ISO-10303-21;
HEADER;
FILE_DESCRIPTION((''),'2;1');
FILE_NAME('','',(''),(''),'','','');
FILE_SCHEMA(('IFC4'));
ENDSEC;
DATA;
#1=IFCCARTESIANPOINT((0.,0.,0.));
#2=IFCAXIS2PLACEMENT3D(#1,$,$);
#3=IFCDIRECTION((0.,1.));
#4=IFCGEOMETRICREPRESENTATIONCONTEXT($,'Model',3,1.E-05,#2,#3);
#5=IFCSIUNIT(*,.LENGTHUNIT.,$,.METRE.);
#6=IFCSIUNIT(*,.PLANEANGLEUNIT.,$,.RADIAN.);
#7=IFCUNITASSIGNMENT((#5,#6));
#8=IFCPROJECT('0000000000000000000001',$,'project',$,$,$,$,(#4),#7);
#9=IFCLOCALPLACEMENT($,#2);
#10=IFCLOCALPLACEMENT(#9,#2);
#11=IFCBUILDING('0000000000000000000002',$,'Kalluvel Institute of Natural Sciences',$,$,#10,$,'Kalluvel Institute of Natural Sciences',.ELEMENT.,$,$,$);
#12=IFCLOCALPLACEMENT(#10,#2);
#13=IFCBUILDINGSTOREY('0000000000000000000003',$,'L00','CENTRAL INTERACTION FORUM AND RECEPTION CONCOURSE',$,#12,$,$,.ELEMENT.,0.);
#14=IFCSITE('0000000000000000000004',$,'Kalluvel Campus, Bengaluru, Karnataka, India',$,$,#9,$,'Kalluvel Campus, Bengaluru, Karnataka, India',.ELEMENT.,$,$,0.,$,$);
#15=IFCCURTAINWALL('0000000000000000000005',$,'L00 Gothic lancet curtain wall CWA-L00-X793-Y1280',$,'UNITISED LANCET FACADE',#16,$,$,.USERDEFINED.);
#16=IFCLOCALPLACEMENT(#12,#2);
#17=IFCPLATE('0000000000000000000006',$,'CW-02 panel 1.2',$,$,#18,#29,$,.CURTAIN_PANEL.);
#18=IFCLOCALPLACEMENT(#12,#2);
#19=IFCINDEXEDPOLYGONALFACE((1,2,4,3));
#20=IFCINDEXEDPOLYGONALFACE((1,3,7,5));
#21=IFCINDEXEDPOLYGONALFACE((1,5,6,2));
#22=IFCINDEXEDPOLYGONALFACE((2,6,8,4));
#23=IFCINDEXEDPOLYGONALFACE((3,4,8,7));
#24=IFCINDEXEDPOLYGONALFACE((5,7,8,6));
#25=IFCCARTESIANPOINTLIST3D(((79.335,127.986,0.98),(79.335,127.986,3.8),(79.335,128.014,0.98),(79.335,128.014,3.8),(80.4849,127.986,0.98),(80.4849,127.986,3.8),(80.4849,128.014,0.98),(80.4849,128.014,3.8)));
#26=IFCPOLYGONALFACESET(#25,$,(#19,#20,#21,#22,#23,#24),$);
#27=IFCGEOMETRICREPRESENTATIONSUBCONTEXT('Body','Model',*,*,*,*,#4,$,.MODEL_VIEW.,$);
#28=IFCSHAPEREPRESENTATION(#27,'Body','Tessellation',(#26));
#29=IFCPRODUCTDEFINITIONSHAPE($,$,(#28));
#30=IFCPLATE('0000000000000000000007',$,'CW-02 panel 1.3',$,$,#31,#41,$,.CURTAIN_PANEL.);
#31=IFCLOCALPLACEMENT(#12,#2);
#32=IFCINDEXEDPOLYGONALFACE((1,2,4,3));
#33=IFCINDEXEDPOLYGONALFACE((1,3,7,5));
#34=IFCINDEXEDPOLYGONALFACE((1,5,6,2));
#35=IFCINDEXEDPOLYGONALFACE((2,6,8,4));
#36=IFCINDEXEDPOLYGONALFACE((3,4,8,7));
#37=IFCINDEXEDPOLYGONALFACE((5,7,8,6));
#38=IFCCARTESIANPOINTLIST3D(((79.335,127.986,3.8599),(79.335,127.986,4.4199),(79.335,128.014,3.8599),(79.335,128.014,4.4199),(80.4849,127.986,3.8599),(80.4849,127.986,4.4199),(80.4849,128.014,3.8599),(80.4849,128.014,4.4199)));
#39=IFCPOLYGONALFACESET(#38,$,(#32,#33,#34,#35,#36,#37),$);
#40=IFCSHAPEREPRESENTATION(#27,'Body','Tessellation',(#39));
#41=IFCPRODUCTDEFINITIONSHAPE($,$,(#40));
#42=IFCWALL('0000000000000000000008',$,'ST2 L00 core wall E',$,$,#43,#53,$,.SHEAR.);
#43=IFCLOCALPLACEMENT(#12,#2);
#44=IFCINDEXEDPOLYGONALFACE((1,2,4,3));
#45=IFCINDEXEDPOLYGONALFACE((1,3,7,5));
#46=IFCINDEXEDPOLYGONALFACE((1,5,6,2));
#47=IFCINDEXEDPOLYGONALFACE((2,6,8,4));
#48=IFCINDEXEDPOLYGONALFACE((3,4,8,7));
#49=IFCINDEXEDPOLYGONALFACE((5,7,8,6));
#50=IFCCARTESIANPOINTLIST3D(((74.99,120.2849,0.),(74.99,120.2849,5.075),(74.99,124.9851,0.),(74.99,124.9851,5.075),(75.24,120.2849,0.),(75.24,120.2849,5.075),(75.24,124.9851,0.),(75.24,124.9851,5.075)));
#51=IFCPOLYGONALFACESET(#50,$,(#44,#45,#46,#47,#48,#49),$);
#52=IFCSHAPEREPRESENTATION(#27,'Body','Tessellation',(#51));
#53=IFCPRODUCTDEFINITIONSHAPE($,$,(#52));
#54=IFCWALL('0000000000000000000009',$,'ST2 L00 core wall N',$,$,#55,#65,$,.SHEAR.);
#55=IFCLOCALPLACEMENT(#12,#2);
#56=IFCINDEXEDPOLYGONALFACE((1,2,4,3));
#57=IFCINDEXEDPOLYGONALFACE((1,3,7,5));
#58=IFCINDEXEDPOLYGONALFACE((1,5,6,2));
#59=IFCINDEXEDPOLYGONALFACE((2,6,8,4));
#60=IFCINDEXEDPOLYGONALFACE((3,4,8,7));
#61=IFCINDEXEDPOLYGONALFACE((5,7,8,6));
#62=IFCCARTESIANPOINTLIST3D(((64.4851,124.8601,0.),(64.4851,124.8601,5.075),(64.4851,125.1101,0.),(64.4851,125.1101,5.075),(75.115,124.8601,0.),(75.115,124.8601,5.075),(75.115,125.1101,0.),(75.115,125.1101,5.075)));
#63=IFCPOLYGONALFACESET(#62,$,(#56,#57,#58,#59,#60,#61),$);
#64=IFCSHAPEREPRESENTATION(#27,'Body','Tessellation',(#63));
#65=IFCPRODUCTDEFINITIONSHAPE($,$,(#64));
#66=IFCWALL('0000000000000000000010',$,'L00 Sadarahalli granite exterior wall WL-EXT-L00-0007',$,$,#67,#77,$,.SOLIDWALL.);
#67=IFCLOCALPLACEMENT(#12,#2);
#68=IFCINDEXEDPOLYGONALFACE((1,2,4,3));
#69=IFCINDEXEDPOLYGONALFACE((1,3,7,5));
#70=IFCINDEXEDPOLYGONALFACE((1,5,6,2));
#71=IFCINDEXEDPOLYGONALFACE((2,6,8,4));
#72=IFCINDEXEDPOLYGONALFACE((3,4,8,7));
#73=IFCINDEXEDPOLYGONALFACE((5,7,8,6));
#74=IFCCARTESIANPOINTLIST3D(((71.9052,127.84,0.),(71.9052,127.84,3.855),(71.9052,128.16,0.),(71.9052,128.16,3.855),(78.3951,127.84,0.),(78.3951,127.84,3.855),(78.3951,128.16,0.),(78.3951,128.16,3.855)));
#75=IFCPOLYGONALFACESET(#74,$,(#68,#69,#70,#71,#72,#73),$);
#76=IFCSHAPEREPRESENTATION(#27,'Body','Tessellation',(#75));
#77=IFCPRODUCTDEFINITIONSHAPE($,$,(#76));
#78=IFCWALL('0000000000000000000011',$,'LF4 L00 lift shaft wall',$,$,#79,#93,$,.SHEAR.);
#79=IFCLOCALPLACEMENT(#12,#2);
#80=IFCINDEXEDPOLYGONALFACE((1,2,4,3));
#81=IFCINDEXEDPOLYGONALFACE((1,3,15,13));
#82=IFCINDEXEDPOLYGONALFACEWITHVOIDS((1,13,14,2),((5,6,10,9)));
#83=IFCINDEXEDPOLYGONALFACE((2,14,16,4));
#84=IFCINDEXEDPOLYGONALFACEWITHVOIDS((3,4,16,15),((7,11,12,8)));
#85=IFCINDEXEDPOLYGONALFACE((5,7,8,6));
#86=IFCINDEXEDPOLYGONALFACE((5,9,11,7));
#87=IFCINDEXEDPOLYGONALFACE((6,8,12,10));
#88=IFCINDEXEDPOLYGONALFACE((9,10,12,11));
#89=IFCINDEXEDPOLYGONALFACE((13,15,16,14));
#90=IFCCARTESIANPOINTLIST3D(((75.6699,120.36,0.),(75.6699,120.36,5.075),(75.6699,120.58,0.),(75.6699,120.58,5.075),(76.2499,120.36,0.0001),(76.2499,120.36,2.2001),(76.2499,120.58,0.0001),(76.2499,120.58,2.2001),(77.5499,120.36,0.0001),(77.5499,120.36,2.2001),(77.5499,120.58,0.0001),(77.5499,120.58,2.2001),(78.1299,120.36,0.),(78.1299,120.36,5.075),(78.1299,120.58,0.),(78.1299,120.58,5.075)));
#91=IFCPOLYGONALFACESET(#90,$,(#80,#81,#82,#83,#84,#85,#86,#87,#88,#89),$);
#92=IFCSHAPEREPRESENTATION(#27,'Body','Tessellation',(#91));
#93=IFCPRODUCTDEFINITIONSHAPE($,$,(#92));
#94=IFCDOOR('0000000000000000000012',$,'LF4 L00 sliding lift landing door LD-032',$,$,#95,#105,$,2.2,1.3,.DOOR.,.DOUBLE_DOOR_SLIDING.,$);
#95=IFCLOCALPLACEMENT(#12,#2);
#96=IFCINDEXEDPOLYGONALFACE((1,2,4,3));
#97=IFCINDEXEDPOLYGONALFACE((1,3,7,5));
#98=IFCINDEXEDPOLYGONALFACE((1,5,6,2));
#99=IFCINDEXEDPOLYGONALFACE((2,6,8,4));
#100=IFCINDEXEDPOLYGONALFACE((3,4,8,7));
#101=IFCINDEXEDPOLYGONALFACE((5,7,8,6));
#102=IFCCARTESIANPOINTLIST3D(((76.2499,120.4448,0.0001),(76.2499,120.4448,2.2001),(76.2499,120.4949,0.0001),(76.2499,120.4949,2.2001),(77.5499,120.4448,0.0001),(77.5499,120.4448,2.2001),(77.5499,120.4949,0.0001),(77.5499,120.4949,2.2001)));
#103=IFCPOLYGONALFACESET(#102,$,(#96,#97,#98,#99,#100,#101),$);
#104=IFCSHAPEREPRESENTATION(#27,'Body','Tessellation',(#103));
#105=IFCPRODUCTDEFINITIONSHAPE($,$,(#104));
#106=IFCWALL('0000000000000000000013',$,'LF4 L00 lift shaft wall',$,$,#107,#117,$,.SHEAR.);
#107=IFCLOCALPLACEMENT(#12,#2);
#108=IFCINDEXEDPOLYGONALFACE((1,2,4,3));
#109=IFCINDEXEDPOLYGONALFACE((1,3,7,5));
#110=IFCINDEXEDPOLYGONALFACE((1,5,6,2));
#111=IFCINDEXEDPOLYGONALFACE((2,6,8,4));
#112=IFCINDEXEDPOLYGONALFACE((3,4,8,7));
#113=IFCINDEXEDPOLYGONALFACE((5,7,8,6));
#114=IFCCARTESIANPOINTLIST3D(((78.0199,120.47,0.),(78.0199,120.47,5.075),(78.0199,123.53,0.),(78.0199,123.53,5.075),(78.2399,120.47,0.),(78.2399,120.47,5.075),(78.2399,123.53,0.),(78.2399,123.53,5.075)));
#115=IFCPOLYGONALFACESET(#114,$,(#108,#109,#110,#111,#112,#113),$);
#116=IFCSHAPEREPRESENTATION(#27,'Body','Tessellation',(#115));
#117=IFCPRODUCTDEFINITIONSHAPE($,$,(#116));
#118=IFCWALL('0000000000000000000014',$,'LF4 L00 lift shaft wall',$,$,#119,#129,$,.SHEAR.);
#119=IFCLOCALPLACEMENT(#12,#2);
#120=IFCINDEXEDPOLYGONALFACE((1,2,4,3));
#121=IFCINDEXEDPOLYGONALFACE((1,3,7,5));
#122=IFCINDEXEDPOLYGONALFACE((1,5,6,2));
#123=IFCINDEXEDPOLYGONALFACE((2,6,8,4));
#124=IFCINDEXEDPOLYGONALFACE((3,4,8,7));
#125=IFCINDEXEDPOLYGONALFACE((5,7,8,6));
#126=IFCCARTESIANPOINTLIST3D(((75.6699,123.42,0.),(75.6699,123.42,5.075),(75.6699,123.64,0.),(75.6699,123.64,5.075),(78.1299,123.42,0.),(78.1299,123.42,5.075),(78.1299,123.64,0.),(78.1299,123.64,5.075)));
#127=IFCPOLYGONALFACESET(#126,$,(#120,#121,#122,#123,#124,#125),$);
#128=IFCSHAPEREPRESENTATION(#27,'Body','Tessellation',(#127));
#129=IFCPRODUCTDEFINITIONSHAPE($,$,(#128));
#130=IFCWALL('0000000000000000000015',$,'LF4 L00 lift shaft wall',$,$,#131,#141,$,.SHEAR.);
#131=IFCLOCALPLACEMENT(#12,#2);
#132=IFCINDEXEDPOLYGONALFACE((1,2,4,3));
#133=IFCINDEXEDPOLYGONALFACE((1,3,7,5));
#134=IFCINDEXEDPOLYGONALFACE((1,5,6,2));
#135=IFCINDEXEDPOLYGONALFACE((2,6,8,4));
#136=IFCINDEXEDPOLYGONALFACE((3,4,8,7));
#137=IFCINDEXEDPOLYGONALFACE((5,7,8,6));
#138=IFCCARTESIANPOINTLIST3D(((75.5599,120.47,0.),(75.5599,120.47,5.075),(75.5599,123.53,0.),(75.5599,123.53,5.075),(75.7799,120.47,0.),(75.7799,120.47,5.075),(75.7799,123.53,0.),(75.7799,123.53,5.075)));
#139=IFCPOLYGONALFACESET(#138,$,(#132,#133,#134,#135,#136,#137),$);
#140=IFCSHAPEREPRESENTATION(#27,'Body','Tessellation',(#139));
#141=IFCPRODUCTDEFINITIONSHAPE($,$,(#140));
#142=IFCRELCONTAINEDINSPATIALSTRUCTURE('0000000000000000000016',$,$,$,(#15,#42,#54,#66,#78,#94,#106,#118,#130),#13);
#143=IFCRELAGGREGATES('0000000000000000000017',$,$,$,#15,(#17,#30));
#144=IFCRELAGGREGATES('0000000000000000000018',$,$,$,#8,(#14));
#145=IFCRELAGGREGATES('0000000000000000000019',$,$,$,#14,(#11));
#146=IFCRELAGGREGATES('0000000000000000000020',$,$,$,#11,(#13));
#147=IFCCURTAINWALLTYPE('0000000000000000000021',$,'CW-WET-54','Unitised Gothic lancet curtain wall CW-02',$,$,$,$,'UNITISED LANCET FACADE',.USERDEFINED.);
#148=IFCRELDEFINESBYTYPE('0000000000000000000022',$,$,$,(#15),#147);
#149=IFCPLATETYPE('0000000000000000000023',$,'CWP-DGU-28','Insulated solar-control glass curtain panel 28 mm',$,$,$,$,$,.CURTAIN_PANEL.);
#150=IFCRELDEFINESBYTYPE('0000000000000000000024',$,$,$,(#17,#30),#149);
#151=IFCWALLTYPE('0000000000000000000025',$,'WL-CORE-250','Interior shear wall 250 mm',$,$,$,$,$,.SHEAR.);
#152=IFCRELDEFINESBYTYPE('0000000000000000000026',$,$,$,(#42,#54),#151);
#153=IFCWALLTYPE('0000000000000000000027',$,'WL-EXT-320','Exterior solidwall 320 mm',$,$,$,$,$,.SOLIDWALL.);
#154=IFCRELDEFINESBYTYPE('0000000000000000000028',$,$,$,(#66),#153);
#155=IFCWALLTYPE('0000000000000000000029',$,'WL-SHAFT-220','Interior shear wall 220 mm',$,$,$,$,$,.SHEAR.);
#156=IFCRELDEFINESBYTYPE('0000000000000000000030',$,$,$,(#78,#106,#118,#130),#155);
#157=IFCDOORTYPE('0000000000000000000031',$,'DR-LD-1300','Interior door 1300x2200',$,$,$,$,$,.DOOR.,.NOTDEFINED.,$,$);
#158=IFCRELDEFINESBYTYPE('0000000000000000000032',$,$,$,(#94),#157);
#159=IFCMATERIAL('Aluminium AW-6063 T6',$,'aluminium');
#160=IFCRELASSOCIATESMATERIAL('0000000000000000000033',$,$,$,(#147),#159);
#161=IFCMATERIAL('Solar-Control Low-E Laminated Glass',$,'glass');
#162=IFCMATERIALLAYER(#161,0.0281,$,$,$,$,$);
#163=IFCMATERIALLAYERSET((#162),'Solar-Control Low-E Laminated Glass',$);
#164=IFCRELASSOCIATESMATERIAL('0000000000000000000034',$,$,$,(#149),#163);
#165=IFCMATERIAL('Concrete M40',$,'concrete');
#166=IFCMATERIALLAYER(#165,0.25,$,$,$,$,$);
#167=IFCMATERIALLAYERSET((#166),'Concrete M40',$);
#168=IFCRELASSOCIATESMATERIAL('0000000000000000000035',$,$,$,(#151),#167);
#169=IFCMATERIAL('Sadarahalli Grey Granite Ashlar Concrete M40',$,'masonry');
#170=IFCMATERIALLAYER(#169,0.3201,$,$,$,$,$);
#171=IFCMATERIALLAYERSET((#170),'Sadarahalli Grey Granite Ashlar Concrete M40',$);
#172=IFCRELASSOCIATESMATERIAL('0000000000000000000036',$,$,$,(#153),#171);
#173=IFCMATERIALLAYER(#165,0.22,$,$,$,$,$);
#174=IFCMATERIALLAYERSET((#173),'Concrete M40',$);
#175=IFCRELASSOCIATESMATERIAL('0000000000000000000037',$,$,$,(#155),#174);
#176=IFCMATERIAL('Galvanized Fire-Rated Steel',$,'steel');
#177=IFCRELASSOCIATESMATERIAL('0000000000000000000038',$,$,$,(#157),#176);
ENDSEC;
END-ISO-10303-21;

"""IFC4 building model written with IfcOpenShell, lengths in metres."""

from ifc_helpers import new_model, si_unit, direction, frame, frame_2d, origin, origin_2d, place, context, subcontext, project, spatial, rectangle, extrude, material, layer, layer_set, type_object, element, fill, aggregate, save


model = new_model("IFC4")

# Units and contexts
model_context = context("Model", 3, precision=1e-05, world=origin(), true_north=direction((0.0, 1.0)))
body_context = subcontext(model_context, "Body", "Model", "MODEL_VIEW")
ifc_project = project(units=[si_unit("LENGTHUNIT", "METRE"), si_unit("PLANEANGLEUNIT", "RADIAN")], contexts=[model_context])

# Site, building, storey
site_placement = place(None, origin())
site = spatial("IfcSite", under=ifc_project, at=site_placement, Name="Kalluvel Campus, Bengaluru, Karnataka, India", LongName="Kalluvel Campus, Bengaluru, Karnataka, India", CompositionType="ELEMENT", RefElevation=0.0)
building_placement = place(site_placement, origin())
building = spatial("IfcBuilding", under=site, at=building_placement, Name="Kalluvel Institute of Natural Sciences", LongName="Kalluvel Institute of Natural Sciences", CompositionType="ELEMENT")
storey_placement = place(building_placement, origin())
storey = spatial("IfcBuildingStorey", under=building, at=storey_placement, Name="L00", Description="CENTRAL INTERACTION FORUM AND RECEPTION CONCOURSE", CompositionType="ELEMENT", Elevation=0.0)

# Curtain wall
ifc_material_1 = material(Name="Aluminium AW-6063 T6", Category="aluminium")
curtain_wall_type = type_object("IfcCurtainWallType", Name="CW-WET-54", Description="Unitised Gothic lancet curtain wall CW-02", ElementType="UNITISED LANCET FACADE", PredefinedType="USERDEFINED", material=ifc_material_1)
curtain_wall_placement = place(storey_placement, origin())
curtain_wall = element("IfcCurtainWall", 1, at=curtain_wall_placement, inside=storey, type_object=curtain_wall_type, Name="L00 Gothic lancet curtain wall CWA-L00-X793-Y1280", ObjectType="UNITISED LANCET FACADE", PredefinedType="USERDEFINED")

# Shared definitions
ifc_material_2 = material(Name="Concrete M40", Category="concrete")

# Plates
ifc_material_3 = material(Name="Solar-Control Low-E Laminated Glass", Category="glass")
ifc_layer_1 = layer(ifc_material_3, 0.0281)
ifc_layer_set_1 = layer_set([ifc_layer_1], Name="Solar-Control Low-E Laminated Glass")
plate_type = type_object("IfcPlateType", Name="CWP-DGU-28", Description="Insulated solar-control glass curtain panel 28 mm", PredefinedType="CURTAIN_PANEL", material=ifc_layer_set_1)
plate_1_placement = place(storey_placement, frame((79.9099, 128.0, 0.98), z_axis=(0.0, 0.0, 1.0), x_axis=(1.0, 0.0, 0.0)))
plate_1 = element("IfcPlate", 2, at=plate_1_placement, type_object=plate_type, Name="CW-02 panel 1.2", PredefinedType="CURTAIN_PANEL", context=body_context, shape_type="SweptSolid", body=[
    extrude(rectangle(XDim=1.1499, YDim=0.0281, at=origin_2d()), origin(), (0.0, 0.0, 1.0), 2.8201),
])
plate_2_placement = place(storey_placement, frame((79.9099, 128.0, 3.8599), z_axis=(0.0, 0.0, 1.0), x_axis=(1.0, 0.0, 0.0)))
plate_2 = element("IfcPlate", 3, at=plate_2_placement, type_object=plate_type, Name="CW-02 panel 1.3", PredefinedType="CURTAIN_PANEL", context=body_context, shape_type="SweptSolid", body=[
    extrude(rectangle(XDim=1.1499, YDim=0.0281, at=origin_2d()), origin(), (0.0, 0.0, 1.0), 0.5601),
])
aggregate(curtain_wall, [plate_1, plate_2])

# Walls
ifc_layer_2 = layer(ifc_material_2, 0.25)
ifc_layer_set_2 = layer_set([ifc_layer_2], Name="Concrete M40")
wall_type_1 = type_object("IfcWallType", Name="WL-CORE-250", Description="Interior shear wall 250 mm", PredefinedType="SHEAR", material=ifc_layer_set_2)
wall_1_placement = place(storey_placement, frame((75.115, 120.2849, 0.0), z_axis=(0.0, 0.0, 1.0), x_axis=(0.0, 1.0, 0.0)))
element("IfcWall", 4, at=wall_1_placement, inside=storey, type_object=wall_type_1, Name="ST2 L00 core wall E", PredefinedType="SHEAR", context=body_context, shape_type="SweptSolid", body=[
    extrude(rectangle(XDim=4.7002, YDim=0.25, at=frame_2d((2.3501, 0.0))), origin(), (0.0, 0.0, 1.0), 5.075),
])
wall_2_placement = place(storey_placement, frame((75.115, 124.9851, 0.0), z_axis=(0.0, 0.0, 1.0), x_axis=(-1.0, 0.0, 0.0)))
element("IfcWall", 5, at=wall_2_placement, inside=storey, type_object=wall_type_1, Name="ST2 L00 core wall N", PredefinedType="SHEAR", context=body_context, shape_type="SweptSolid", body=[
    extrude(rectangle(XDim=10.6299, YDim=0.25, at=frame_2d((5.3149, 0.0))), origin(), (0.0, 0.0, 1.0), 5.075),
])
ifc_material_4 = material(Name="Sadarahalli Grey Granite Ashlar Concrete M40", Category="masonry")
ifc_layer_3 = layer(ifc_material_4, 0.3201)
ifc_layer_set_3 = layer_set([ifc_layer_3], Name="Sadarahalli Grey Granite Ashlar Concrete M40")
wall_type_2 = type_object("IfcWallType", Name="WL-EXT-320", Description="Exterior solidwall 320 mm", PredefinedType="SOLIDWALL", material=ifc_layer_set_3)
wall_3_placement = place(storey_placement, frame((71.905, 128.0, 0.0), z_axis=(0.0, 0.0, 1.0), x_axis=(1.0, 0.0, 0.0)))
element("IfcWall", 6, at=wall_3_placement, inside=storey, type_object=wall_type_2, Name="L00 Sadarahalli granite exterior wall WL-EXT-L00-0007", PredefinedType="SOLIDWALL", context=body_context, shape_type="SweptSolid", body=[
    extrude(rectangle(XDim=6.49, YDim=0.3201, at=frame_2d((3.2451, 0.0))), origin(), (0.0, 0.0, 1.0), 3.855),
])

# Wall, opening, door
ifc_layer_4 = layer(ifc_material_2, 0.22)
ifc_layer_set_4 = layer_set([ifc_layer_4], Name="Concrete M40")
wall_type_3 = type_object("IfcWallType", Name="WL-SHAFT-220", Description="Interior shear wall 220 mm", PredefinedType="SHEAR", material=ifc_layer_set_4)
wall_4_placement = place(storey_placement, frame((75.6699, 120.47, 0.0), z_axis=(0.0, 0.0, 1.0), x_axis=(1.0, 0.0, 0.0)))
wall_4 = element("IfcWall", 7, at=wall_4_placement, inside=storey, type_object=wall_type_3, Name="LF4 L00 lift shaft wall", PredefinedType="SHEAR", context=body_context, shape_type="SweptSolid", body=[
    extrude(rectangle(XDim=2.46, YDim=0.22, at=frame_2d((1.23, 0.0))), origin(), (0.0, 0.0, 1.0), 5.075),
])
opening_placement = place(wall_4_placement, frame((0.5801, 0.0, 0.0)))
opening = element("IfcOpeningElement", 8, at=opening_placement, cuts=wall_4, PredefinedType="OPENING", context=body_context, shape_type="SweptSolid", body=[
    extrude(rectangle(XDim=1.3, YDim=2.2, at=frame_2d((0.6499, 1.1001))), frame((0.0, 0.1199, 0.0), z_axis=(0.0, -1.0, 0.0), x_axis=(1.0, 0.0, 0.0)), (0.0, 0.0, 1.0), 0.24),
])
ifc_material_5 = material(Name="Galvanized Fire-Rated Steel", Category="steel")
door_type = type_object("IfcDoorType", Name="DR-LD-1300", Description="Interior door 1300x2200", OperationType="NOTDEFINED", PredefinedType="DOOR", material=ifc_material_5)
door_placement = place(opening_placement, origin())
door = element("IfcDoor", 9, at=door_placement, inside=storey, type_object=door_type, Name="LF4 L00 sliding lift landing door LD-032", OperationType="DOUBLE_DOOR_SLIDING", OverallHeight=2.2, OverallWidth=1.3, PredefinedType="DOOR", context=body_context, shape_type="SweptSolid", body=[
    extrude(rectangle(XDim=1.3, YDim=2.2, at=frame_2d((0.6499, 1.1001))), frame((0.0, 0.0249, 0.0), z_axis=(0.0, -1.0, 0.0), x_axis=(1.0, 0.0, 0.0)), (0.0, 0.0, 1.0), 0.05),
])
fill(opening, door)

# Walls
wall_5_placement = place(storey_placement, frame((78.1299, 120.47, 0.0), z_axis=(0.0, 0.0, 1.0), x_axis=(0.0, 1.0, 0.0)))
element("IfcWall", 10, at=wall_5_placement, inside=storey, type_object=wall_type_3, Name="LF4 L00 lift shaft wall", PredefinedType="SHEAR", context=body_context, shape_type="SweptSolid", body=[
    extrude(rectangle(XDim=3.0601, YDim=0.22, at=frame_2d((1.53, 0.0))), origin(), (0.0, 0.0, 1.0), 5.075),
])
wall_6_placement = place(storey_placement, frame((78.1299, 123.53, 0.0), z_axis=(0.0, 0.0, 1.0), x_axis=(-1.0, 0.0, 0.0)))
element("IfcWall", 11, at=wall_6_placement, inside=storey, type_object=wall_type_3, Name="LF4 L00 lift shaft wall", PredefinedType="SHEAR", context=body_context, shape_type="SweptSolid", body=[
    extrude(rectangle(XDim=2.46, YDim=0.22, at=frame_2d((1.23, 0.0))), origin(), (0.0, 0.0, 1.0), 5.075),
])
wall_7_placement = place(storey_placement, frame((75.6699, 123.53, 0.0), z_axis=(0.0, 0.0, 1.0), x_axis=(0.0, -1.0, 0.0)))
element("IfcWall", 12, at=wall_7_placement, inside=storey, type_object=wall_type_3, Name="LF4 L00 lift shaft wall", PredefinedType="SHEAR", context=body_context, shape_type="SweptSolid", body=[
    extrude(rectangle(XDim=3.0601, YDim=0.22, at=frame_2d((1.53, 0.0))), origin(), (0.0, 0.0, 1.0), 5.075),
])

save(model, "model.ifc")
